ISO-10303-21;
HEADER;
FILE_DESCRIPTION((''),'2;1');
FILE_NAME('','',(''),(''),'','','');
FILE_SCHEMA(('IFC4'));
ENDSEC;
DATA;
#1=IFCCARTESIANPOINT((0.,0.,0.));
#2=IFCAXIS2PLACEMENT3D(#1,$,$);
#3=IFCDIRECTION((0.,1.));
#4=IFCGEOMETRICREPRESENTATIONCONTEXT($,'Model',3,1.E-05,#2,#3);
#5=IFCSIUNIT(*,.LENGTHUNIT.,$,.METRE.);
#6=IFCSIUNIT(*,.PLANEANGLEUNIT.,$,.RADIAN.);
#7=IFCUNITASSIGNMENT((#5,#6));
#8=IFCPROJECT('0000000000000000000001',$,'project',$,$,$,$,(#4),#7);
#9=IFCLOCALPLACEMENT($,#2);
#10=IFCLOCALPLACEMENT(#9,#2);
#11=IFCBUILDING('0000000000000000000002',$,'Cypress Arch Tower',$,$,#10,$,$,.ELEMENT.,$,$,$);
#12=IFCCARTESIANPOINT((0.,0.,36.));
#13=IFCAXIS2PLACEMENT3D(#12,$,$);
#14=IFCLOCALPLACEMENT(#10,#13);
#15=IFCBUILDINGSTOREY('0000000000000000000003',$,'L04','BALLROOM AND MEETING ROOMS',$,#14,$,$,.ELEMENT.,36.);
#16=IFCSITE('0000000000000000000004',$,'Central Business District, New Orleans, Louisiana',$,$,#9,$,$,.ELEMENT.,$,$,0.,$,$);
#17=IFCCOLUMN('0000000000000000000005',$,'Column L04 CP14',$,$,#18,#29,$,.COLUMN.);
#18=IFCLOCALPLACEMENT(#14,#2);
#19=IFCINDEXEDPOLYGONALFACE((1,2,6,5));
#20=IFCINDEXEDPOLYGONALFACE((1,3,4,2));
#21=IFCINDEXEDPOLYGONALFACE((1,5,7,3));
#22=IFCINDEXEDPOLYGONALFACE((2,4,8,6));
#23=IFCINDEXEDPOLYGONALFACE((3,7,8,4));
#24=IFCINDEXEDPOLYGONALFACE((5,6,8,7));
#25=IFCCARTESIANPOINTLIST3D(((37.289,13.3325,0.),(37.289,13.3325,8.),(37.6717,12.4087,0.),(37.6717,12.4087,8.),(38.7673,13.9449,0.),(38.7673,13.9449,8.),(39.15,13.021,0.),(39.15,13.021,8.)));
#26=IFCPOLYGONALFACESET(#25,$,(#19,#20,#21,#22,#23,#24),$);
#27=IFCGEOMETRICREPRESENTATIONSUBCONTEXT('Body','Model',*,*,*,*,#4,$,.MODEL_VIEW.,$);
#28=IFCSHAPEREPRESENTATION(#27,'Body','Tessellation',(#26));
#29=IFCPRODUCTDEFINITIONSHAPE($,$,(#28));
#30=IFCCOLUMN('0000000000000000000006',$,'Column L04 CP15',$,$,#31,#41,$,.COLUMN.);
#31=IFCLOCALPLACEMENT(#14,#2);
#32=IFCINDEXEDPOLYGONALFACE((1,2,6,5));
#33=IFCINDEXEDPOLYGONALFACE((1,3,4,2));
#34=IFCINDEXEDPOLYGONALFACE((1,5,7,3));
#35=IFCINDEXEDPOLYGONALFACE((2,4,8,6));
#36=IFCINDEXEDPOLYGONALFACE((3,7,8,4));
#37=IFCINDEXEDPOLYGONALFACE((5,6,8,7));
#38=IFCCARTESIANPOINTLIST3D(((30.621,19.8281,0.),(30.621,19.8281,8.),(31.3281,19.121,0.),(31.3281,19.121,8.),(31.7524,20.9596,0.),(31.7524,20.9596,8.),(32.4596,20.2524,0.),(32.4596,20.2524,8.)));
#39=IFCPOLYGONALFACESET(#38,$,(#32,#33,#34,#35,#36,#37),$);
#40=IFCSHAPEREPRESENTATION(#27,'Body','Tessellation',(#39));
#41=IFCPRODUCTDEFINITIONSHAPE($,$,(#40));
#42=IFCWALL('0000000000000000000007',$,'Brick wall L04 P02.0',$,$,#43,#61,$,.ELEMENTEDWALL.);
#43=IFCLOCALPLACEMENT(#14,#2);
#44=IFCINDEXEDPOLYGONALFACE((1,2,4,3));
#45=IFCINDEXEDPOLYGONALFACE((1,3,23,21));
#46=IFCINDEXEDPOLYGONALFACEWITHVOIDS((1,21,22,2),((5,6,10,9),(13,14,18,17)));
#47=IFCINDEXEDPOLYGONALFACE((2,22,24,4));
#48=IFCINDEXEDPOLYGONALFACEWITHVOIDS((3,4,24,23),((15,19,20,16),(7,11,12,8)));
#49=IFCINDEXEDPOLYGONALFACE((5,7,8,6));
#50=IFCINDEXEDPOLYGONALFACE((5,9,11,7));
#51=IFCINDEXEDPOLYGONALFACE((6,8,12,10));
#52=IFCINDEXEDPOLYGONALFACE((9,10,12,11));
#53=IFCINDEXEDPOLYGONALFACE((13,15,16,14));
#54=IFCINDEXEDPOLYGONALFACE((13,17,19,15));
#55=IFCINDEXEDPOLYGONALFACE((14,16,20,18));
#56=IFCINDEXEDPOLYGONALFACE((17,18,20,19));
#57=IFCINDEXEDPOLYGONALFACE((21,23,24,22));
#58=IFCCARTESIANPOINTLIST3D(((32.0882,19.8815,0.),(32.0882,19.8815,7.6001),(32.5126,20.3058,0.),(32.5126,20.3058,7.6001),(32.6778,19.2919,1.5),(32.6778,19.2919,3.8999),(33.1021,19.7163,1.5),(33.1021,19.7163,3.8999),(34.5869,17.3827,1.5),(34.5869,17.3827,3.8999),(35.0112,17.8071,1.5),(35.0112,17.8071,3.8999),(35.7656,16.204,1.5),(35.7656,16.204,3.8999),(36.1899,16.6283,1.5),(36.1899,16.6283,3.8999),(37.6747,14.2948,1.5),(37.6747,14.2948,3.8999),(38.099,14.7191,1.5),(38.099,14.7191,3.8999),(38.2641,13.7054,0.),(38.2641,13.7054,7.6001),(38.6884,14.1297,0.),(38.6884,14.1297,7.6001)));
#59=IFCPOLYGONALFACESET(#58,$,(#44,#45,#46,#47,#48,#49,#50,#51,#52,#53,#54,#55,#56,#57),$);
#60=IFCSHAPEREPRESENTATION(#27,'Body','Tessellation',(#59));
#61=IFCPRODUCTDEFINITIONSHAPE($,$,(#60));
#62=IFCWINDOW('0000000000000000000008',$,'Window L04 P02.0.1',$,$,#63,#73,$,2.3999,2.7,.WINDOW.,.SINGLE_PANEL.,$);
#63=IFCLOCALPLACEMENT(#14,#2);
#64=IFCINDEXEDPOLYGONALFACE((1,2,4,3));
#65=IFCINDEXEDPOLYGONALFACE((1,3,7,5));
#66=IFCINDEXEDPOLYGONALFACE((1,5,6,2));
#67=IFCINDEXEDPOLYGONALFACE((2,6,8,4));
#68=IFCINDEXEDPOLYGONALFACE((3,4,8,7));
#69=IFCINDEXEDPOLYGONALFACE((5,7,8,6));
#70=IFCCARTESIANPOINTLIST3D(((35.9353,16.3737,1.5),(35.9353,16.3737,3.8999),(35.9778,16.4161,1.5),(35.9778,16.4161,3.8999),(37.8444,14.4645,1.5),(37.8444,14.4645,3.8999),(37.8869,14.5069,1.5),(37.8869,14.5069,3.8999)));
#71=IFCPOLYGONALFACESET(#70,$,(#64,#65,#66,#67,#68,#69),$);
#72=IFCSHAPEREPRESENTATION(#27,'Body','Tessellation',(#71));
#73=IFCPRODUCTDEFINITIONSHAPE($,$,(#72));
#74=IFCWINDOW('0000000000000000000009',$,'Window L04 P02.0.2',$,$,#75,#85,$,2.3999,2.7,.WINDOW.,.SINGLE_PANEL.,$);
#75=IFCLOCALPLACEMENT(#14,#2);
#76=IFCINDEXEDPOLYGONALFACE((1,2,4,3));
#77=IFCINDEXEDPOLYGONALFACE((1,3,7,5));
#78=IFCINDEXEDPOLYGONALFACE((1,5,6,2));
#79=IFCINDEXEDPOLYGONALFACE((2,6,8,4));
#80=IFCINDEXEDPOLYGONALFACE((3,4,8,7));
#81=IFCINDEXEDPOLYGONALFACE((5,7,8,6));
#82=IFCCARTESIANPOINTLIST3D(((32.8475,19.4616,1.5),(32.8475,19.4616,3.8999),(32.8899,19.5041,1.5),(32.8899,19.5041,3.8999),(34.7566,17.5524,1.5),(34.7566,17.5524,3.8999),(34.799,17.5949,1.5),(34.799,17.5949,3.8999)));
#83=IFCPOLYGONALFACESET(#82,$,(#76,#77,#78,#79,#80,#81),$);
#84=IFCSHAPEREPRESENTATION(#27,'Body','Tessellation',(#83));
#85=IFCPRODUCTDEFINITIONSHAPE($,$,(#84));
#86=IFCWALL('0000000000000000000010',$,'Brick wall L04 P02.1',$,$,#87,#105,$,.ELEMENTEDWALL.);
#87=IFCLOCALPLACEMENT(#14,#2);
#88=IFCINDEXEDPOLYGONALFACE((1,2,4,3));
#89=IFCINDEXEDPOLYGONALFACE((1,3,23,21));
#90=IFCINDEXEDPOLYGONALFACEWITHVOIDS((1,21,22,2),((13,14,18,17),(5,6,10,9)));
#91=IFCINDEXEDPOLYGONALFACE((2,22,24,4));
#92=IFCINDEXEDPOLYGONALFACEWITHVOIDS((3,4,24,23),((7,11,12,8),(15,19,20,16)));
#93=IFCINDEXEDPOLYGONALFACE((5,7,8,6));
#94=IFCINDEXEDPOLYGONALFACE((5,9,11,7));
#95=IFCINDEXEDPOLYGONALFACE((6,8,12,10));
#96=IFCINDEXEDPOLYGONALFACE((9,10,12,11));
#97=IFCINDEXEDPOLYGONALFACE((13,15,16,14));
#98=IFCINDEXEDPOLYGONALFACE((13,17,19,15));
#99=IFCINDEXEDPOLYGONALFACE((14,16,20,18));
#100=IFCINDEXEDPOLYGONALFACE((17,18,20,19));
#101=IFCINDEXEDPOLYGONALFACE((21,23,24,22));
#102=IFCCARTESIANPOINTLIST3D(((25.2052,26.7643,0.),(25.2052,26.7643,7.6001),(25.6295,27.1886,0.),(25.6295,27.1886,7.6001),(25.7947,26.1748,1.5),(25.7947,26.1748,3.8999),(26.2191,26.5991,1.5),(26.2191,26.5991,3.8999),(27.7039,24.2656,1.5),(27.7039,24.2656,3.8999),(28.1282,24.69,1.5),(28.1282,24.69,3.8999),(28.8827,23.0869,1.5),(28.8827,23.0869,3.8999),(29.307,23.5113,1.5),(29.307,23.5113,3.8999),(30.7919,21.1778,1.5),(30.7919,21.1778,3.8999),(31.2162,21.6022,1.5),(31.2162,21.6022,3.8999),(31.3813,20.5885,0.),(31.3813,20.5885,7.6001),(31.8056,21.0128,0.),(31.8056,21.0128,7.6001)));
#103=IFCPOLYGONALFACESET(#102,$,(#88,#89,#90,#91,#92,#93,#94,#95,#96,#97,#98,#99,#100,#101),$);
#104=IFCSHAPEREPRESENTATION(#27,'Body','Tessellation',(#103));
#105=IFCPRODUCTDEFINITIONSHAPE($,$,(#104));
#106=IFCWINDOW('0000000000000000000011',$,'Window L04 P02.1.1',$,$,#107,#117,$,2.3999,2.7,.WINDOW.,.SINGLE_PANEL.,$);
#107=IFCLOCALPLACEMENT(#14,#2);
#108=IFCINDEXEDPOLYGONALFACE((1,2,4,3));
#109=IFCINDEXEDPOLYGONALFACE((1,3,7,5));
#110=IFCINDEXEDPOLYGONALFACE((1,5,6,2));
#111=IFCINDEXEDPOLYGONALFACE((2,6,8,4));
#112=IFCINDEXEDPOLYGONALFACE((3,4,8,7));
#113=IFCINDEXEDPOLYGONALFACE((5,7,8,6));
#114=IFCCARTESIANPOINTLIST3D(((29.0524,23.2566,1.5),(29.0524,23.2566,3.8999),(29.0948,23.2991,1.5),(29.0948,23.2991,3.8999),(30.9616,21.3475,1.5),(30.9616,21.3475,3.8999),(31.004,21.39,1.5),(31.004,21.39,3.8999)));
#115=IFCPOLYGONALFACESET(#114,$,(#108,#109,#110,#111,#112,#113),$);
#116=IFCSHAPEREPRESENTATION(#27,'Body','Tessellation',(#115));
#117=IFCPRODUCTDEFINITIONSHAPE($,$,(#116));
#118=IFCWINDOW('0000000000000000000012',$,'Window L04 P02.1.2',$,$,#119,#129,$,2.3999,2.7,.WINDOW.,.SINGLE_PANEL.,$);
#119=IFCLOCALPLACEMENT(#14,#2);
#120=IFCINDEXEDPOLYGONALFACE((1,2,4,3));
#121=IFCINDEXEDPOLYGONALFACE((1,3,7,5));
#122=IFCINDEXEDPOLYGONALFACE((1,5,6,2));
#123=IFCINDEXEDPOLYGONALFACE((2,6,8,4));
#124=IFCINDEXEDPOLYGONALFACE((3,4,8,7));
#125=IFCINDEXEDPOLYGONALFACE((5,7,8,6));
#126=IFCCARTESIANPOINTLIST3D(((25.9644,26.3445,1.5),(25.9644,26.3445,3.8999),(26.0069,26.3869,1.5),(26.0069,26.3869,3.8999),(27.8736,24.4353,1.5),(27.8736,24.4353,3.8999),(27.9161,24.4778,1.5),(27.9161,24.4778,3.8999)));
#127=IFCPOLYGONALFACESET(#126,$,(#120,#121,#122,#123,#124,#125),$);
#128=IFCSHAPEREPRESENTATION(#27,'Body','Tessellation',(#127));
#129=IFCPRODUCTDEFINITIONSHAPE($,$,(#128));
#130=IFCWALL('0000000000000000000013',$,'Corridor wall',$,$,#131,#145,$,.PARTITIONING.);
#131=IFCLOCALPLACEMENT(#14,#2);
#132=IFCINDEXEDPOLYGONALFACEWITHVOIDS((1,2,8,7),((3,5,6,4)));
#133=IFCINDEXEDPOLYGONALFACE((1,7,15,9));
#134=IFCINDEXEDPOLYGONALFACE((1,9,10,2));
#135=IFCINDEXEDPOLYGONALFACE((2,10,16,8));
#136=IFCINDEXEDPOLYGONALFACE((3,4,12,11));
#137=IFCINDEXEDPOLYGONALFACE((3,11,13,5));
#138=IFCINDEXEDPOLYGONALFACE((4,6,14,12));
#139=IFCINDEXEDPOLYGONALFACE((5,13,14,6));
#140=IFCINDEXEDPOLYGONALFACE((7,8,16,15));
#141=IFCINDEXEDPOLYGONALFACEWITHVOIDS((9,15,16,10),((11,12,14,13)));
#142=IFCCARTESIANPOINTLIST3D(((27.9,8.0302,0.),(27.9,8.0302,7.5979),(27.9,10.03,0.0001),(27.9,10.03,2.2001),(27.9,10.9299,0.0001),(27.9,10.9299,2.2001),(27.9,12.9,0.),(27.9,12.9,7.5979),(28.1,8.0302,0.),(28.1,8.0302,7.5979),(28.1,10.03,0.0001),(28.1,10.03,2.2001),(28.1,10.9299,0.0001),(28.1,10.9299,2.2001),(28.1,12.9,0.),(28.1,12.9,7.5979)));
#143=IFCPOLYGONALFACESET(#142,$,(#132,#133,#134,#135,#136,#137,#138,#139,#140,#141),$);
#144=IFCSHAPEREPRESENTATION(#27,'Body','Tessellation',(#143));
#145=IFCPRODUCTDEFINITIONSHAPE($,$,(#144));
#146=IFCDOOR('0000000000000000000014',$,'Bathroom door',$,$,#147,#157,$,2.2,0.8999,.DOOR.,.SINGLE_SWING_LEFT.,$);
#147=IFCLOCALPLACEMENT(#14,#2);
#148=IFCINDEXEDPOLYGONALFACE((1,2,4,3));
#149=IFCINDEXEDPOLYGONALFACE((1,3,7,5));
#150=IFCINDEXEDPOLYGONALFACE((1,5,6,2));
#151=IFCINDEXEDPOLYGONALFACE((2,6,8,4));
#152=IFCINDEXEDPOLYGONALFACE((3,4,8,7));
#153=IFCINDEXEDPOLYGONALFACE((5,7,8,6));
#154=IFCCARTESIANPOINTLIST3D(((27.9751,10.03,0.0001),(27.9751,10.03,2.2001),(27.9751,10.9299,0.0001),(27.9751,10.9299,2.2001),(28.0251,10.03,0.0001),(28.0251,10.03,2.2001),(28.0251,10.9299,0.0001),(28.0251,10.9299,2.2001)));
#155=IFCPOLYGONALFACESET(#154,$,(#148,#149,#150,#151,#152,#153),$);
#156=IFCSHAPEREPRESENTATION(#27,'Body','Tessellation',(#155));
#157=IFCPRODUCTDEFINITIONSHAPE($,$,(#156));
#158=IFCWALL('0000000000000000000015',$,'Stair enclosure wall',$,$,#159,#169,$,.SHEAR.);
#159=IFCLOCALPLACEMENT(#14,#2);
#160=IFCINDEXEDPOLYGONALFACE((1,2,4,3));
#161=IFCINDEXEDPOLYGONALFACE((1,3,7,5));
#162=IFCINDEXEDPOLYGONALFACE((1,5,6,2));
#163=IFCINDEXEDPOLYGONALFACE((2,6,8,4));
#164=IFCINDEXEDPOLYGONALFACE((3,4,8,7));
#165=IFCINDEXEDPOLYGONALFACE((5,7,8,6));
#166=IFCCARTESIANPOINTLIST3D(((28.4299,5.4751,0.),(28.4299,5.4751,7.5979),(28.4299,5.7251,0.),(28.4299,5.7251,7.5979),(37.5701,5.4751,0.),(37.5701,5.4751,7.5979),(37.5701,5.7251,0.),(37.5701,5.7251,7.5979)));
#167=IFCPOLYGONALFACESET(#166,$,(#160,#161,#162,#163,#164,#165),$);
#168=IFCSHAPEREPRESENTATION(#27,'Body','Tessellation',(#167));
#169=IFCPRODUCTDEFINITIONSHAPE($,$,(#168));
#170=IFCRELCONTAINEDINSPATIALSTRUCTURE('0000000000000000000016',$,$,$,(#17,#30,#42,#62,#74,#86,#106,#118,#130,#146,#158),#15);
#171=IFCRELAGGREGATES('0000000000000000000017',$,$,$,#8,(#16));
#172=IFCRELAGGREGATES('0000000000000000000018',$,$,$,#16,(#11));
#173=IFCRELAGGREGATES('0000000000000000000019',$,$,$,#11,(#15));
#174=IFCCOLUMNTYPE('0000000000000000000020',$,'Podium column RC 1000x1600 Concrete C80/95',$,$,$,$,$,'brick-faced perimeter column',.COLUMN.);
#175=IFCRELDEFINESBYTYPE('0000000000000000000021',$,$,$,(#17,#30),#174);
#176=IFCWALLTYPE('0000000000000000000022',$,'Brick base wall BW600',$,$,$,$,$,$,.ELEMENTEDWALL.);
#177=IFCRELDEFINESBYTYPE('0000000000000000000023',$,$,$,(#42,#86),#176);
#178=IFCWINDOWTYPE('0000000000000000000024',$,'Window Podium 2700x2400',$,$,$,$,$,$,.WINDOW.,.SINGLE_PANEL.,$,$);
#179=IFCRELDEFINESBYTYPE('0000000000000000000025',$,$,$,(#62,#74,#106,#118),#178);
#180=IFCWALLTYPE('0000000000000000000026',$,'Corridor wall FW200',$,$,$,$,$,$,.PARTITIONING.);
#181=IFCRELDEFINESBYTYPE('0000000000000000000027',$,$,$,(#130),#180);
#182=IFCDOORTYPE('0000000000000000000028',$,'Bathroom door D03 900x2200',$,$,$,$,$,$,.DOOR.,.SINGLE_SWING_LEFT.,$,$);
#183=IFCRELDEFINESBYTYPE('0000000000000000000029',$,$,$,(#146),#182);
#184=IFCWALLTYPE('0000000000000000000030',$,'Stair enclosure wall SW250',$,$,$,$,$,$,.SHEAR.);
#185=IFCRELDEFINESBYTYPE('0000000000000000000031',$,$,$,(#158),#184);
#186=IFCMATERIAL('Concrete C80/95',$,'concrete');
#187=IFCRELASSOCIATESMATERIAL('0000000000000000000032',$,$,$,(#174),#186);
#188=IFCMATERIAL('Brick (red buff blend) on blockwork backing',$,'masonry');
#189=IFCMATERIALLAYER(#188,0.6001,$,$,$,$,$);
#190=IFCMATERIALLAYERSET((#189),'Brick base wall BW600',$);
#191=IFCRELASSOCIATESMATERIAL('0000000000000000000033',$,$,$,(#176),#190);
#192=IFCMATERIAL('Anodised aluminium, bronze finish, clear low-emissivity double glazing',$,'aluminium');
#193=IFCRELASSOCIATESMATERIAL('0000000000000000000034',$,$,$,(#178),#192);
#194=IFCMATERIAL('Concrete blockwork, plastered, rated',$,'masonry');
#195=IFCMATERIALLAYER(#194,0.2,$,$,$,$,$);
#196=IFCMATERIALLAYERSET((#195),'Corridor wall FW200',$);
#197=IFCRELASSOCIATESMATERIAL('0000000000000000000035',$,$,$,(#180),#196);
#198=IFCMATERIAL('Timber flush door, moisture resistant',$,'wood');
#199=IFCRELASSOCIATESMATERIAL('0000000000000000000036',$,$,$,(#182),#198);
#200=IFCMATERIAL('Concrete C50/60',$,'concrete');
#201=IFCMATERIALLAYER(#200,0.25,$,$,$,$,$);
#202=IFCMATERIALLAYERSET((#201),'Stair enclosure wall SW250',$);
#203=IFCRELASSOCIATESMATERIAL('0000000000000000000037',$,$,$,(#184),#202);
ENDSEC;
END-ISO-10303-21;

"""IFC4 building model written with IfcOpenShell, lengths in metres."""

from ifc_helpers import new_model, si_unit, direction, frame, frame_2d, origin, origin_2d, place, context, subcontext, project, spatial, rectangle, extrude, material, layer, layer_set, material_profile, profile_set, type_object, element, fill, save


model = new_model("IFC4")

# Units and contexts
model_context = context("Model", 3, precision=1e-05, world=origin(), true_north=direction((0.0, 1.0)))
body_context = subcontext(model_context, "Body", "Model", "MODEL_VIEW")
ifc_project = project(units=[si_unit("LENGTHUNIT", "METRE"), si_unit("PLANEANGLEUNIT", "RADIAN")], contexts=[model_context])

# Site, building, storey
site_placement = place(None, origin())
site = spatial("IfcSite", under=ifc_project, at=site_placement, Name="Central Business District, New Orleans, Louisiana", CompositionType="ELEMENT", RefElevation=0.0)
building_placement = place(site_placement, origin())
building = spatial("IfcBuilding", under=site, at=building_placement, Name="Cypress Arch Tower", CompositionType="ELEMENT")
storey_placement = place(building_placement, frame((0.0, 0.0, 36.0)))
storey = spatial("IfcBuildingStorey", under=building, at=storey_placement, Name="L04", Description="BALLROOM AND MEETING ROOMS", CompositionType="ELEMENT", Elevation=36.0)

# Columns
ifc_material_1 = material(Name="Concrete C80/95", Category="concrete")
ifc_material_profile = material_profile(ifc_material_1, rectangle(XDim=1.0, YDim=1.6001, at=origin_2d()), Name="RC 1000x1600")
ifc_profile_set = profile_set([ifc_material_profile], Name="Concrete C80/95")
column_type = type_object("IfcColumnType", Name="Podium column RC 1000x1600 Concrete C80/95", ElementType="brick-faced perimeter column", PredefinedType="COLUMN", material=ifc_profile_set)
for number, where, z_axis, x_axis, name in (
    (1, (38.2195, 13.1768, 0.0), (0.0, 0.0, 1.0), (-0.382683, 0.92388, 0.0), "Column L04 CP14"),
    (2, (31.5403, 20.0403, 0.0), (0.0, 0.0, 1.0), (-0.707107, 0.707107, 0.0), "Column L04 CP15"),
):
    element("IfcColumn", number, at=place(storey_placement, frame(where, z_axis=z_axis, x_axis=x_axis)), inside=storey, type_object=column_type, Name=name, PredefinedType="COLUMN", context=body_context, shape_type="SweptSolid", body=[
        extrude(rectangle(XDim=1.0, YDim=1.6001, at=origin_2d()), origin(), (0.0, 0.0, 1.0), 8.0),
    ])

# Walls, openings, windows
ifc_material_2 = material(Name="Brick (red buff blend) on blockwork backing", Category="masonry")
ifc_layer_1 = layer(ifc_material_2, 0.6001)
ifc_layer_set_1 = layer_set([ifc_layer_1], Name="Brick base wall BW600")
wall_type_1 = type_object("IfcWallType", Name="Brick base wall BW600", PredefinedType="ELEMENTEDWALL", material=ifc_layer_set_1)
wall_1_placement = place(storey_placement, frame((38.4763, 13.9175, 0.0), z_axis=(0.0, 0.0, 1.0), x_axis=(-0.707093, 0.707121, 0.0)))
wall_1 = element("IfcWall", 3, at=wall_1_placement, inside=storey, type_object=wall_type_1, Name="Brick wall L04 P02.0", PredefinedType="ELEMENTEDWALL", context=body_context, shape_type="SweptSolid", body=[
    extrude(rectangle(XDim=8.7341, YDim=0.6001, at=frame_2d((4.3672, 0.0))), origin(), (0.0, 0.0, 1.0), 7.6001),
])
opening_1_placement = place(wall_1_placement, frame((0.8335, 0.0, 1.5)))
opening_1 = element("IfcOpeningElement", 4, at=opening_1_placement, cuts=wall_1, PredefinedType="OPENING", context=body_context, shape_type="SweptSolid", body=[
    extrude(rectangle(XDim=2.7, YDim=2.3999, at=frame_2d((1.3501, 1.2))), frame((0.0, 0.3101, 0.0), z_axis=(0.0, -1.0, 0.0), x_axis=(1.0, 0.0, 0.0)), (0.0, 0.0, 1.0), 0.6201),
])
opening_2_placement = place(wall_1_placement, frame((5.2004, 0.0, 1.5)))
opening_2 = element("IfcOpeningElement", 5, at=opening_2_placement, cuts=wall_1, PredefinedType="OPENING", context=body_context, shape_type="SweptSolid", body=[
    extrude(rectangle(XDim=2.7, YDim=2.3999, at=frame_2d((1.3501, 1.2))), frame((0.0, 0.3101, 0.0), z_axis=(0.0, -1.0, 0.0), x_axis=(1.0, 0.0, 0.0)), (0.0, 0.0, 1.0), 0.6201),
])
ifc_material_3 = material(Name="Anodised aluminium, bronze finish, clear low-emissivity double glazing", Category="aluminium")
window_type = type_object("IfcWindowType", Name="Window Podium 2700x2400", PartitioningType="SINGLE_PANEL", PredefinedType="WINDOW", material=ifc_material_3)
window_1_placement = place(opening_1_placement, origin())
window_1 = element("IfcWindow", 6, at=window_1_placement, inside=storey, type_object=window_type, Name="Window L04 P02.0.1", OverallHeight=2.3999, OverallWidth=2.7, PartitioningType="SINGLE_PANEL", PredefinedType="WINDOW", context=body_context, shape_type="SweptSolid", body=[
    extrude(rectangle(XDim=2.7, YDim=2.3999, at=frame_2d((1.3501, 1.2))), frame((0.0, 0.0601, 0.0), z_axis=(0.0, -1.0, 0.0), x_axis=(1.0, 0.0, 0.0)), (0.0, 0.0, 1.0), 0.0601),
])
fill(opening_1, window_1)
window_2_placement = place(opening_2_placement, origin())
window_2 = element("IfcWindow", 7, at=window_2_placement, inside=storey, type_object=window_type, Name="Window L04 P02.0.2", OverallHeight=2.3999, OverallWidth=2.7, PartitioningType="SINGLE_PANEL", PredefinedType="WINDOW", context=body_context, shape_type="SweptSolid", body=[
    extrude(rectangle(XDim=2.7, YDim=2.3999, at=frame_2d((1.3501, 1.2))), frame((0.0, 0.0601, 0.0), z_axis=(0.0, -1.0, 0.0), x_axis=(1.0, 0.0, 0.0)), (0.0, 0.0, 1.0), 0.0601),
])
fill(opening_2, window_2)
wall_2_placement = place(storey_placement, frame((31.5935, 20.8005, 0.0), z_axis=(0.0, 0.0, 1.0), x_axis=(-0.707121, 0.707093, 0.0)))
wall_2 = element("IfcWall", 8, at=wall_2_placement, inside=storey, type_object=wall_type_1, Name="Brick wall L04 P02.1", PredefinedType="ELEMENTEDWALL", context=body_context, shape_type="SweptSolid", body=[
    extrude(rectangle(XDim=8.7341, YDim=0.6001, at=frame_2d((4.3672, 0.0))), origin(), (0.0, 0.0, 1.0), 7.6001),
])
opening_3_placement = place(wall_2_placement, frame((0.8335, 0.0, 1.5)))
opening_3 = element("IfcOpeningElement", 9, at=opening_3_placement, cuts=wall_2, PredefinedType="OPENING", context=body_context, shape_type="SweptSolid", body=[
    extrude(rectangle(XDim=2.7, YDim=2.3999, at=frame_2d((1.3501, 1.2))), frame((0.0, 0.3101, 0.0), z_axis=(0.0, -1.0, 0.0), x_axis=(1.0, 0.0, 0.0)), (0.0, 0.0, 1.0), 0.6201),
])
opening_4_placement = place(wall_2_placement, frame((5.2004, 0.0, 1.5)))
opening_4 = element("IfcOpeningElement", 10, at=opening_4_placement, cuts=wall_2, PredefinedType="OPENING", context=body_context, shape_type="SweptSolid", body=[
    extrude(rectangle(XDim=2.7, YDim=2.3999, at=frame_2d((1.3501, 1.2))), frame((0.0, 0.3101, 0.0), z_axis=(0.0, -1.0, 0.0), x_axis=(1.0, 0.0, 0.0)), (0.0, 0.0, 1.0), 0.6201),
])
window_3_placement = place(opening_3_placement, origin())
window_3 = element("IfcWindow", 11, at=window_3_placement, inside=storey, type_object=window_type, Name="Window L04 P02.1.1", OverallHeight=2.3999, OverallWidth=2.7, PartitioningType="SINGLE_PANEL", PredefinedType="WINDOW", context=body_context, shape_type="SweptSolid", body=[
    extrude(rectangle(XDim=2.7, YDim=2.3999, at=frame_2d((1.3501, 1.2))), frame((0.0, 0.0601, 0.0), z_axis=(0.0, -1.0, 0.0), x_axis=(1.0, 0.0, 0.0)), (0.0, 0.0, 1.0), 0.0601),
])
fill(opening_3, window_3)
window_4_placement = place(opening_4_placement, origin())
window_4 = element("IfcWindow", 12, at=window_4_placement, inside=storey, type_object=window_type, Name="Window L04 P02.1.2", OverallHeight=2.3999, OverallWidth=2.7, PartitioningType="SINGLE_PANEL", PredefinedType="WINDOW", context=body_context, shape_type="SweptSolid", body=[
    extrude(rectangle(XDim=2.7, YDim=2.3999, at=frame_2d((1.3501, 1.2))), frame((0.0, 0.0601, 0.0), z_axis=(0.0, -1.0, 0.0), x_axis=(1.0, 0.0, 0.0)), (0.0, 0.0, 1.0), 0.0601),
])
fill(opening_4, window_4)

# Wall, opening, door
ifc_material_4 = material(Name="Concrete blockwork, plastered, rated", Category="masonry")
ifc_layer_2 = layer(ifc_material_4, 0.2)
ifc_layer_set_2 = layer_set([ifc_layer_2], Name="Corridor wall FW200")
wall_type_2 = type_object("IfcWallType", Name="Corridor wall FW200", PredefinedType="PARTITIONING", material=ifc_layer_set_2)
wall_3_placement = place(storey_placement, frame((28.0, 8.03, 0.0), z_axis=(0.0, 0.0, 1.0), x_axis=(0.0, 1.0, 0.0)))
wall_3 = element("IfcWall", 13, at=wall_3_placement, inside=storey, type_object=wall_type_2, Name="Corridor wall", PredefinedType="PARTITIONING", context=body_context, shape_type="SweptSolid", body=[
    extrude(rectangle(XDim=4.8699, YDim=0.2, at=frame_2d((2.4351, 0.0))), origin(), (0.0, 0.0, 1.0), 7.5979),
])
opening_5_placement = place(wall_3_placement, frame((2.0, 0.0, 0.0)))
opening_5 = element("IfcOpeningElement", 14, at=opening_5_placement, cuts=wall_3, PredefinedType="OPENING", context=body_context, shape_type="SweptSolid", body=[
    extrude(rectangle(XDim=0.8999, YDim=2.2, at=frame_2d((0.45, 1.1001))), frame((0.0, 0.1099, 0.0), z_axis=(0.0, -1.0, 0.0), x_axis=(1.0, 0.0, 0.0)), (0.0, 0.0, 1.0), 0.22),
])
ifc_material_5 = material(Name="Timber flush door, moisture resistant", Category="wood")
door_type = type_object("IfcDoorType", Name="Bathroom door D03 900x2200", OperationType="SINGLE_SWING_LEFT", PredefinedType="DOOR", material=ifc_material_5)
door_1_placement = place(opening_5_placement, origin())
door_1 = element("IfcDoor", 15, at=door_1_placement, inside=storey, type_object=door_type, Name="Bathroom door", OperationType="SINGLE_SWING_LEFT", OverallHeight=2.2, OverallWidth=0.8999, PredefinedType="DOOR", context=body_context, shape_type="SweptSolid", body=[
    extrude(rectangle(XDim=0.8999, YDim=2.2, at=frame_2d((0.45, 1.1001))), frame((0.0, 0.0249, 0.0), z_axis=(0.0, -1.0, 0.0), x_axis=(1.0, 0.0, 0.0)), (0.0, 0.0, 1.0), 0.05),
])
fill(opening_5, door_1)

# Wall
ifc_material_6 = material(Name="Concrete C50/60", Category="concrete")
ifc_layer_3 = layer(ifc_material_6, 0.25)
ifc_layer_set_3 = layer_set([ifc_layer_3], Name="Stair enclosure wall SW250")
wall_type_3 = type_object("IfcWallType", Name="Stair enclosure wall SW250", PredefinedType="SHEAR", material=ifc_layer_set_3)
wall_4_placement = place(storey_placement, frame((28.4299, 5.6001, 0.0), z_axis=(0.0, 0.0, 1.0), x_axis=(1.0, 0.0, 0.0)))
element("IfcWall", 16, at=wall_4_placement, inside=storey, type_object=wall_type_3, Name="Stair enclosure wall", PredefinedType="SHEAR", context=body_context, shape_type="SweptSolid", body=[
    extrude(rectangle(XDim=9.1401, YDim=0.25, at=frame_2d((4.5701, 0.0))), origin(), (0.0, 0.0, 1.0), 7.5979),
])

save(model, "model.ifc")
